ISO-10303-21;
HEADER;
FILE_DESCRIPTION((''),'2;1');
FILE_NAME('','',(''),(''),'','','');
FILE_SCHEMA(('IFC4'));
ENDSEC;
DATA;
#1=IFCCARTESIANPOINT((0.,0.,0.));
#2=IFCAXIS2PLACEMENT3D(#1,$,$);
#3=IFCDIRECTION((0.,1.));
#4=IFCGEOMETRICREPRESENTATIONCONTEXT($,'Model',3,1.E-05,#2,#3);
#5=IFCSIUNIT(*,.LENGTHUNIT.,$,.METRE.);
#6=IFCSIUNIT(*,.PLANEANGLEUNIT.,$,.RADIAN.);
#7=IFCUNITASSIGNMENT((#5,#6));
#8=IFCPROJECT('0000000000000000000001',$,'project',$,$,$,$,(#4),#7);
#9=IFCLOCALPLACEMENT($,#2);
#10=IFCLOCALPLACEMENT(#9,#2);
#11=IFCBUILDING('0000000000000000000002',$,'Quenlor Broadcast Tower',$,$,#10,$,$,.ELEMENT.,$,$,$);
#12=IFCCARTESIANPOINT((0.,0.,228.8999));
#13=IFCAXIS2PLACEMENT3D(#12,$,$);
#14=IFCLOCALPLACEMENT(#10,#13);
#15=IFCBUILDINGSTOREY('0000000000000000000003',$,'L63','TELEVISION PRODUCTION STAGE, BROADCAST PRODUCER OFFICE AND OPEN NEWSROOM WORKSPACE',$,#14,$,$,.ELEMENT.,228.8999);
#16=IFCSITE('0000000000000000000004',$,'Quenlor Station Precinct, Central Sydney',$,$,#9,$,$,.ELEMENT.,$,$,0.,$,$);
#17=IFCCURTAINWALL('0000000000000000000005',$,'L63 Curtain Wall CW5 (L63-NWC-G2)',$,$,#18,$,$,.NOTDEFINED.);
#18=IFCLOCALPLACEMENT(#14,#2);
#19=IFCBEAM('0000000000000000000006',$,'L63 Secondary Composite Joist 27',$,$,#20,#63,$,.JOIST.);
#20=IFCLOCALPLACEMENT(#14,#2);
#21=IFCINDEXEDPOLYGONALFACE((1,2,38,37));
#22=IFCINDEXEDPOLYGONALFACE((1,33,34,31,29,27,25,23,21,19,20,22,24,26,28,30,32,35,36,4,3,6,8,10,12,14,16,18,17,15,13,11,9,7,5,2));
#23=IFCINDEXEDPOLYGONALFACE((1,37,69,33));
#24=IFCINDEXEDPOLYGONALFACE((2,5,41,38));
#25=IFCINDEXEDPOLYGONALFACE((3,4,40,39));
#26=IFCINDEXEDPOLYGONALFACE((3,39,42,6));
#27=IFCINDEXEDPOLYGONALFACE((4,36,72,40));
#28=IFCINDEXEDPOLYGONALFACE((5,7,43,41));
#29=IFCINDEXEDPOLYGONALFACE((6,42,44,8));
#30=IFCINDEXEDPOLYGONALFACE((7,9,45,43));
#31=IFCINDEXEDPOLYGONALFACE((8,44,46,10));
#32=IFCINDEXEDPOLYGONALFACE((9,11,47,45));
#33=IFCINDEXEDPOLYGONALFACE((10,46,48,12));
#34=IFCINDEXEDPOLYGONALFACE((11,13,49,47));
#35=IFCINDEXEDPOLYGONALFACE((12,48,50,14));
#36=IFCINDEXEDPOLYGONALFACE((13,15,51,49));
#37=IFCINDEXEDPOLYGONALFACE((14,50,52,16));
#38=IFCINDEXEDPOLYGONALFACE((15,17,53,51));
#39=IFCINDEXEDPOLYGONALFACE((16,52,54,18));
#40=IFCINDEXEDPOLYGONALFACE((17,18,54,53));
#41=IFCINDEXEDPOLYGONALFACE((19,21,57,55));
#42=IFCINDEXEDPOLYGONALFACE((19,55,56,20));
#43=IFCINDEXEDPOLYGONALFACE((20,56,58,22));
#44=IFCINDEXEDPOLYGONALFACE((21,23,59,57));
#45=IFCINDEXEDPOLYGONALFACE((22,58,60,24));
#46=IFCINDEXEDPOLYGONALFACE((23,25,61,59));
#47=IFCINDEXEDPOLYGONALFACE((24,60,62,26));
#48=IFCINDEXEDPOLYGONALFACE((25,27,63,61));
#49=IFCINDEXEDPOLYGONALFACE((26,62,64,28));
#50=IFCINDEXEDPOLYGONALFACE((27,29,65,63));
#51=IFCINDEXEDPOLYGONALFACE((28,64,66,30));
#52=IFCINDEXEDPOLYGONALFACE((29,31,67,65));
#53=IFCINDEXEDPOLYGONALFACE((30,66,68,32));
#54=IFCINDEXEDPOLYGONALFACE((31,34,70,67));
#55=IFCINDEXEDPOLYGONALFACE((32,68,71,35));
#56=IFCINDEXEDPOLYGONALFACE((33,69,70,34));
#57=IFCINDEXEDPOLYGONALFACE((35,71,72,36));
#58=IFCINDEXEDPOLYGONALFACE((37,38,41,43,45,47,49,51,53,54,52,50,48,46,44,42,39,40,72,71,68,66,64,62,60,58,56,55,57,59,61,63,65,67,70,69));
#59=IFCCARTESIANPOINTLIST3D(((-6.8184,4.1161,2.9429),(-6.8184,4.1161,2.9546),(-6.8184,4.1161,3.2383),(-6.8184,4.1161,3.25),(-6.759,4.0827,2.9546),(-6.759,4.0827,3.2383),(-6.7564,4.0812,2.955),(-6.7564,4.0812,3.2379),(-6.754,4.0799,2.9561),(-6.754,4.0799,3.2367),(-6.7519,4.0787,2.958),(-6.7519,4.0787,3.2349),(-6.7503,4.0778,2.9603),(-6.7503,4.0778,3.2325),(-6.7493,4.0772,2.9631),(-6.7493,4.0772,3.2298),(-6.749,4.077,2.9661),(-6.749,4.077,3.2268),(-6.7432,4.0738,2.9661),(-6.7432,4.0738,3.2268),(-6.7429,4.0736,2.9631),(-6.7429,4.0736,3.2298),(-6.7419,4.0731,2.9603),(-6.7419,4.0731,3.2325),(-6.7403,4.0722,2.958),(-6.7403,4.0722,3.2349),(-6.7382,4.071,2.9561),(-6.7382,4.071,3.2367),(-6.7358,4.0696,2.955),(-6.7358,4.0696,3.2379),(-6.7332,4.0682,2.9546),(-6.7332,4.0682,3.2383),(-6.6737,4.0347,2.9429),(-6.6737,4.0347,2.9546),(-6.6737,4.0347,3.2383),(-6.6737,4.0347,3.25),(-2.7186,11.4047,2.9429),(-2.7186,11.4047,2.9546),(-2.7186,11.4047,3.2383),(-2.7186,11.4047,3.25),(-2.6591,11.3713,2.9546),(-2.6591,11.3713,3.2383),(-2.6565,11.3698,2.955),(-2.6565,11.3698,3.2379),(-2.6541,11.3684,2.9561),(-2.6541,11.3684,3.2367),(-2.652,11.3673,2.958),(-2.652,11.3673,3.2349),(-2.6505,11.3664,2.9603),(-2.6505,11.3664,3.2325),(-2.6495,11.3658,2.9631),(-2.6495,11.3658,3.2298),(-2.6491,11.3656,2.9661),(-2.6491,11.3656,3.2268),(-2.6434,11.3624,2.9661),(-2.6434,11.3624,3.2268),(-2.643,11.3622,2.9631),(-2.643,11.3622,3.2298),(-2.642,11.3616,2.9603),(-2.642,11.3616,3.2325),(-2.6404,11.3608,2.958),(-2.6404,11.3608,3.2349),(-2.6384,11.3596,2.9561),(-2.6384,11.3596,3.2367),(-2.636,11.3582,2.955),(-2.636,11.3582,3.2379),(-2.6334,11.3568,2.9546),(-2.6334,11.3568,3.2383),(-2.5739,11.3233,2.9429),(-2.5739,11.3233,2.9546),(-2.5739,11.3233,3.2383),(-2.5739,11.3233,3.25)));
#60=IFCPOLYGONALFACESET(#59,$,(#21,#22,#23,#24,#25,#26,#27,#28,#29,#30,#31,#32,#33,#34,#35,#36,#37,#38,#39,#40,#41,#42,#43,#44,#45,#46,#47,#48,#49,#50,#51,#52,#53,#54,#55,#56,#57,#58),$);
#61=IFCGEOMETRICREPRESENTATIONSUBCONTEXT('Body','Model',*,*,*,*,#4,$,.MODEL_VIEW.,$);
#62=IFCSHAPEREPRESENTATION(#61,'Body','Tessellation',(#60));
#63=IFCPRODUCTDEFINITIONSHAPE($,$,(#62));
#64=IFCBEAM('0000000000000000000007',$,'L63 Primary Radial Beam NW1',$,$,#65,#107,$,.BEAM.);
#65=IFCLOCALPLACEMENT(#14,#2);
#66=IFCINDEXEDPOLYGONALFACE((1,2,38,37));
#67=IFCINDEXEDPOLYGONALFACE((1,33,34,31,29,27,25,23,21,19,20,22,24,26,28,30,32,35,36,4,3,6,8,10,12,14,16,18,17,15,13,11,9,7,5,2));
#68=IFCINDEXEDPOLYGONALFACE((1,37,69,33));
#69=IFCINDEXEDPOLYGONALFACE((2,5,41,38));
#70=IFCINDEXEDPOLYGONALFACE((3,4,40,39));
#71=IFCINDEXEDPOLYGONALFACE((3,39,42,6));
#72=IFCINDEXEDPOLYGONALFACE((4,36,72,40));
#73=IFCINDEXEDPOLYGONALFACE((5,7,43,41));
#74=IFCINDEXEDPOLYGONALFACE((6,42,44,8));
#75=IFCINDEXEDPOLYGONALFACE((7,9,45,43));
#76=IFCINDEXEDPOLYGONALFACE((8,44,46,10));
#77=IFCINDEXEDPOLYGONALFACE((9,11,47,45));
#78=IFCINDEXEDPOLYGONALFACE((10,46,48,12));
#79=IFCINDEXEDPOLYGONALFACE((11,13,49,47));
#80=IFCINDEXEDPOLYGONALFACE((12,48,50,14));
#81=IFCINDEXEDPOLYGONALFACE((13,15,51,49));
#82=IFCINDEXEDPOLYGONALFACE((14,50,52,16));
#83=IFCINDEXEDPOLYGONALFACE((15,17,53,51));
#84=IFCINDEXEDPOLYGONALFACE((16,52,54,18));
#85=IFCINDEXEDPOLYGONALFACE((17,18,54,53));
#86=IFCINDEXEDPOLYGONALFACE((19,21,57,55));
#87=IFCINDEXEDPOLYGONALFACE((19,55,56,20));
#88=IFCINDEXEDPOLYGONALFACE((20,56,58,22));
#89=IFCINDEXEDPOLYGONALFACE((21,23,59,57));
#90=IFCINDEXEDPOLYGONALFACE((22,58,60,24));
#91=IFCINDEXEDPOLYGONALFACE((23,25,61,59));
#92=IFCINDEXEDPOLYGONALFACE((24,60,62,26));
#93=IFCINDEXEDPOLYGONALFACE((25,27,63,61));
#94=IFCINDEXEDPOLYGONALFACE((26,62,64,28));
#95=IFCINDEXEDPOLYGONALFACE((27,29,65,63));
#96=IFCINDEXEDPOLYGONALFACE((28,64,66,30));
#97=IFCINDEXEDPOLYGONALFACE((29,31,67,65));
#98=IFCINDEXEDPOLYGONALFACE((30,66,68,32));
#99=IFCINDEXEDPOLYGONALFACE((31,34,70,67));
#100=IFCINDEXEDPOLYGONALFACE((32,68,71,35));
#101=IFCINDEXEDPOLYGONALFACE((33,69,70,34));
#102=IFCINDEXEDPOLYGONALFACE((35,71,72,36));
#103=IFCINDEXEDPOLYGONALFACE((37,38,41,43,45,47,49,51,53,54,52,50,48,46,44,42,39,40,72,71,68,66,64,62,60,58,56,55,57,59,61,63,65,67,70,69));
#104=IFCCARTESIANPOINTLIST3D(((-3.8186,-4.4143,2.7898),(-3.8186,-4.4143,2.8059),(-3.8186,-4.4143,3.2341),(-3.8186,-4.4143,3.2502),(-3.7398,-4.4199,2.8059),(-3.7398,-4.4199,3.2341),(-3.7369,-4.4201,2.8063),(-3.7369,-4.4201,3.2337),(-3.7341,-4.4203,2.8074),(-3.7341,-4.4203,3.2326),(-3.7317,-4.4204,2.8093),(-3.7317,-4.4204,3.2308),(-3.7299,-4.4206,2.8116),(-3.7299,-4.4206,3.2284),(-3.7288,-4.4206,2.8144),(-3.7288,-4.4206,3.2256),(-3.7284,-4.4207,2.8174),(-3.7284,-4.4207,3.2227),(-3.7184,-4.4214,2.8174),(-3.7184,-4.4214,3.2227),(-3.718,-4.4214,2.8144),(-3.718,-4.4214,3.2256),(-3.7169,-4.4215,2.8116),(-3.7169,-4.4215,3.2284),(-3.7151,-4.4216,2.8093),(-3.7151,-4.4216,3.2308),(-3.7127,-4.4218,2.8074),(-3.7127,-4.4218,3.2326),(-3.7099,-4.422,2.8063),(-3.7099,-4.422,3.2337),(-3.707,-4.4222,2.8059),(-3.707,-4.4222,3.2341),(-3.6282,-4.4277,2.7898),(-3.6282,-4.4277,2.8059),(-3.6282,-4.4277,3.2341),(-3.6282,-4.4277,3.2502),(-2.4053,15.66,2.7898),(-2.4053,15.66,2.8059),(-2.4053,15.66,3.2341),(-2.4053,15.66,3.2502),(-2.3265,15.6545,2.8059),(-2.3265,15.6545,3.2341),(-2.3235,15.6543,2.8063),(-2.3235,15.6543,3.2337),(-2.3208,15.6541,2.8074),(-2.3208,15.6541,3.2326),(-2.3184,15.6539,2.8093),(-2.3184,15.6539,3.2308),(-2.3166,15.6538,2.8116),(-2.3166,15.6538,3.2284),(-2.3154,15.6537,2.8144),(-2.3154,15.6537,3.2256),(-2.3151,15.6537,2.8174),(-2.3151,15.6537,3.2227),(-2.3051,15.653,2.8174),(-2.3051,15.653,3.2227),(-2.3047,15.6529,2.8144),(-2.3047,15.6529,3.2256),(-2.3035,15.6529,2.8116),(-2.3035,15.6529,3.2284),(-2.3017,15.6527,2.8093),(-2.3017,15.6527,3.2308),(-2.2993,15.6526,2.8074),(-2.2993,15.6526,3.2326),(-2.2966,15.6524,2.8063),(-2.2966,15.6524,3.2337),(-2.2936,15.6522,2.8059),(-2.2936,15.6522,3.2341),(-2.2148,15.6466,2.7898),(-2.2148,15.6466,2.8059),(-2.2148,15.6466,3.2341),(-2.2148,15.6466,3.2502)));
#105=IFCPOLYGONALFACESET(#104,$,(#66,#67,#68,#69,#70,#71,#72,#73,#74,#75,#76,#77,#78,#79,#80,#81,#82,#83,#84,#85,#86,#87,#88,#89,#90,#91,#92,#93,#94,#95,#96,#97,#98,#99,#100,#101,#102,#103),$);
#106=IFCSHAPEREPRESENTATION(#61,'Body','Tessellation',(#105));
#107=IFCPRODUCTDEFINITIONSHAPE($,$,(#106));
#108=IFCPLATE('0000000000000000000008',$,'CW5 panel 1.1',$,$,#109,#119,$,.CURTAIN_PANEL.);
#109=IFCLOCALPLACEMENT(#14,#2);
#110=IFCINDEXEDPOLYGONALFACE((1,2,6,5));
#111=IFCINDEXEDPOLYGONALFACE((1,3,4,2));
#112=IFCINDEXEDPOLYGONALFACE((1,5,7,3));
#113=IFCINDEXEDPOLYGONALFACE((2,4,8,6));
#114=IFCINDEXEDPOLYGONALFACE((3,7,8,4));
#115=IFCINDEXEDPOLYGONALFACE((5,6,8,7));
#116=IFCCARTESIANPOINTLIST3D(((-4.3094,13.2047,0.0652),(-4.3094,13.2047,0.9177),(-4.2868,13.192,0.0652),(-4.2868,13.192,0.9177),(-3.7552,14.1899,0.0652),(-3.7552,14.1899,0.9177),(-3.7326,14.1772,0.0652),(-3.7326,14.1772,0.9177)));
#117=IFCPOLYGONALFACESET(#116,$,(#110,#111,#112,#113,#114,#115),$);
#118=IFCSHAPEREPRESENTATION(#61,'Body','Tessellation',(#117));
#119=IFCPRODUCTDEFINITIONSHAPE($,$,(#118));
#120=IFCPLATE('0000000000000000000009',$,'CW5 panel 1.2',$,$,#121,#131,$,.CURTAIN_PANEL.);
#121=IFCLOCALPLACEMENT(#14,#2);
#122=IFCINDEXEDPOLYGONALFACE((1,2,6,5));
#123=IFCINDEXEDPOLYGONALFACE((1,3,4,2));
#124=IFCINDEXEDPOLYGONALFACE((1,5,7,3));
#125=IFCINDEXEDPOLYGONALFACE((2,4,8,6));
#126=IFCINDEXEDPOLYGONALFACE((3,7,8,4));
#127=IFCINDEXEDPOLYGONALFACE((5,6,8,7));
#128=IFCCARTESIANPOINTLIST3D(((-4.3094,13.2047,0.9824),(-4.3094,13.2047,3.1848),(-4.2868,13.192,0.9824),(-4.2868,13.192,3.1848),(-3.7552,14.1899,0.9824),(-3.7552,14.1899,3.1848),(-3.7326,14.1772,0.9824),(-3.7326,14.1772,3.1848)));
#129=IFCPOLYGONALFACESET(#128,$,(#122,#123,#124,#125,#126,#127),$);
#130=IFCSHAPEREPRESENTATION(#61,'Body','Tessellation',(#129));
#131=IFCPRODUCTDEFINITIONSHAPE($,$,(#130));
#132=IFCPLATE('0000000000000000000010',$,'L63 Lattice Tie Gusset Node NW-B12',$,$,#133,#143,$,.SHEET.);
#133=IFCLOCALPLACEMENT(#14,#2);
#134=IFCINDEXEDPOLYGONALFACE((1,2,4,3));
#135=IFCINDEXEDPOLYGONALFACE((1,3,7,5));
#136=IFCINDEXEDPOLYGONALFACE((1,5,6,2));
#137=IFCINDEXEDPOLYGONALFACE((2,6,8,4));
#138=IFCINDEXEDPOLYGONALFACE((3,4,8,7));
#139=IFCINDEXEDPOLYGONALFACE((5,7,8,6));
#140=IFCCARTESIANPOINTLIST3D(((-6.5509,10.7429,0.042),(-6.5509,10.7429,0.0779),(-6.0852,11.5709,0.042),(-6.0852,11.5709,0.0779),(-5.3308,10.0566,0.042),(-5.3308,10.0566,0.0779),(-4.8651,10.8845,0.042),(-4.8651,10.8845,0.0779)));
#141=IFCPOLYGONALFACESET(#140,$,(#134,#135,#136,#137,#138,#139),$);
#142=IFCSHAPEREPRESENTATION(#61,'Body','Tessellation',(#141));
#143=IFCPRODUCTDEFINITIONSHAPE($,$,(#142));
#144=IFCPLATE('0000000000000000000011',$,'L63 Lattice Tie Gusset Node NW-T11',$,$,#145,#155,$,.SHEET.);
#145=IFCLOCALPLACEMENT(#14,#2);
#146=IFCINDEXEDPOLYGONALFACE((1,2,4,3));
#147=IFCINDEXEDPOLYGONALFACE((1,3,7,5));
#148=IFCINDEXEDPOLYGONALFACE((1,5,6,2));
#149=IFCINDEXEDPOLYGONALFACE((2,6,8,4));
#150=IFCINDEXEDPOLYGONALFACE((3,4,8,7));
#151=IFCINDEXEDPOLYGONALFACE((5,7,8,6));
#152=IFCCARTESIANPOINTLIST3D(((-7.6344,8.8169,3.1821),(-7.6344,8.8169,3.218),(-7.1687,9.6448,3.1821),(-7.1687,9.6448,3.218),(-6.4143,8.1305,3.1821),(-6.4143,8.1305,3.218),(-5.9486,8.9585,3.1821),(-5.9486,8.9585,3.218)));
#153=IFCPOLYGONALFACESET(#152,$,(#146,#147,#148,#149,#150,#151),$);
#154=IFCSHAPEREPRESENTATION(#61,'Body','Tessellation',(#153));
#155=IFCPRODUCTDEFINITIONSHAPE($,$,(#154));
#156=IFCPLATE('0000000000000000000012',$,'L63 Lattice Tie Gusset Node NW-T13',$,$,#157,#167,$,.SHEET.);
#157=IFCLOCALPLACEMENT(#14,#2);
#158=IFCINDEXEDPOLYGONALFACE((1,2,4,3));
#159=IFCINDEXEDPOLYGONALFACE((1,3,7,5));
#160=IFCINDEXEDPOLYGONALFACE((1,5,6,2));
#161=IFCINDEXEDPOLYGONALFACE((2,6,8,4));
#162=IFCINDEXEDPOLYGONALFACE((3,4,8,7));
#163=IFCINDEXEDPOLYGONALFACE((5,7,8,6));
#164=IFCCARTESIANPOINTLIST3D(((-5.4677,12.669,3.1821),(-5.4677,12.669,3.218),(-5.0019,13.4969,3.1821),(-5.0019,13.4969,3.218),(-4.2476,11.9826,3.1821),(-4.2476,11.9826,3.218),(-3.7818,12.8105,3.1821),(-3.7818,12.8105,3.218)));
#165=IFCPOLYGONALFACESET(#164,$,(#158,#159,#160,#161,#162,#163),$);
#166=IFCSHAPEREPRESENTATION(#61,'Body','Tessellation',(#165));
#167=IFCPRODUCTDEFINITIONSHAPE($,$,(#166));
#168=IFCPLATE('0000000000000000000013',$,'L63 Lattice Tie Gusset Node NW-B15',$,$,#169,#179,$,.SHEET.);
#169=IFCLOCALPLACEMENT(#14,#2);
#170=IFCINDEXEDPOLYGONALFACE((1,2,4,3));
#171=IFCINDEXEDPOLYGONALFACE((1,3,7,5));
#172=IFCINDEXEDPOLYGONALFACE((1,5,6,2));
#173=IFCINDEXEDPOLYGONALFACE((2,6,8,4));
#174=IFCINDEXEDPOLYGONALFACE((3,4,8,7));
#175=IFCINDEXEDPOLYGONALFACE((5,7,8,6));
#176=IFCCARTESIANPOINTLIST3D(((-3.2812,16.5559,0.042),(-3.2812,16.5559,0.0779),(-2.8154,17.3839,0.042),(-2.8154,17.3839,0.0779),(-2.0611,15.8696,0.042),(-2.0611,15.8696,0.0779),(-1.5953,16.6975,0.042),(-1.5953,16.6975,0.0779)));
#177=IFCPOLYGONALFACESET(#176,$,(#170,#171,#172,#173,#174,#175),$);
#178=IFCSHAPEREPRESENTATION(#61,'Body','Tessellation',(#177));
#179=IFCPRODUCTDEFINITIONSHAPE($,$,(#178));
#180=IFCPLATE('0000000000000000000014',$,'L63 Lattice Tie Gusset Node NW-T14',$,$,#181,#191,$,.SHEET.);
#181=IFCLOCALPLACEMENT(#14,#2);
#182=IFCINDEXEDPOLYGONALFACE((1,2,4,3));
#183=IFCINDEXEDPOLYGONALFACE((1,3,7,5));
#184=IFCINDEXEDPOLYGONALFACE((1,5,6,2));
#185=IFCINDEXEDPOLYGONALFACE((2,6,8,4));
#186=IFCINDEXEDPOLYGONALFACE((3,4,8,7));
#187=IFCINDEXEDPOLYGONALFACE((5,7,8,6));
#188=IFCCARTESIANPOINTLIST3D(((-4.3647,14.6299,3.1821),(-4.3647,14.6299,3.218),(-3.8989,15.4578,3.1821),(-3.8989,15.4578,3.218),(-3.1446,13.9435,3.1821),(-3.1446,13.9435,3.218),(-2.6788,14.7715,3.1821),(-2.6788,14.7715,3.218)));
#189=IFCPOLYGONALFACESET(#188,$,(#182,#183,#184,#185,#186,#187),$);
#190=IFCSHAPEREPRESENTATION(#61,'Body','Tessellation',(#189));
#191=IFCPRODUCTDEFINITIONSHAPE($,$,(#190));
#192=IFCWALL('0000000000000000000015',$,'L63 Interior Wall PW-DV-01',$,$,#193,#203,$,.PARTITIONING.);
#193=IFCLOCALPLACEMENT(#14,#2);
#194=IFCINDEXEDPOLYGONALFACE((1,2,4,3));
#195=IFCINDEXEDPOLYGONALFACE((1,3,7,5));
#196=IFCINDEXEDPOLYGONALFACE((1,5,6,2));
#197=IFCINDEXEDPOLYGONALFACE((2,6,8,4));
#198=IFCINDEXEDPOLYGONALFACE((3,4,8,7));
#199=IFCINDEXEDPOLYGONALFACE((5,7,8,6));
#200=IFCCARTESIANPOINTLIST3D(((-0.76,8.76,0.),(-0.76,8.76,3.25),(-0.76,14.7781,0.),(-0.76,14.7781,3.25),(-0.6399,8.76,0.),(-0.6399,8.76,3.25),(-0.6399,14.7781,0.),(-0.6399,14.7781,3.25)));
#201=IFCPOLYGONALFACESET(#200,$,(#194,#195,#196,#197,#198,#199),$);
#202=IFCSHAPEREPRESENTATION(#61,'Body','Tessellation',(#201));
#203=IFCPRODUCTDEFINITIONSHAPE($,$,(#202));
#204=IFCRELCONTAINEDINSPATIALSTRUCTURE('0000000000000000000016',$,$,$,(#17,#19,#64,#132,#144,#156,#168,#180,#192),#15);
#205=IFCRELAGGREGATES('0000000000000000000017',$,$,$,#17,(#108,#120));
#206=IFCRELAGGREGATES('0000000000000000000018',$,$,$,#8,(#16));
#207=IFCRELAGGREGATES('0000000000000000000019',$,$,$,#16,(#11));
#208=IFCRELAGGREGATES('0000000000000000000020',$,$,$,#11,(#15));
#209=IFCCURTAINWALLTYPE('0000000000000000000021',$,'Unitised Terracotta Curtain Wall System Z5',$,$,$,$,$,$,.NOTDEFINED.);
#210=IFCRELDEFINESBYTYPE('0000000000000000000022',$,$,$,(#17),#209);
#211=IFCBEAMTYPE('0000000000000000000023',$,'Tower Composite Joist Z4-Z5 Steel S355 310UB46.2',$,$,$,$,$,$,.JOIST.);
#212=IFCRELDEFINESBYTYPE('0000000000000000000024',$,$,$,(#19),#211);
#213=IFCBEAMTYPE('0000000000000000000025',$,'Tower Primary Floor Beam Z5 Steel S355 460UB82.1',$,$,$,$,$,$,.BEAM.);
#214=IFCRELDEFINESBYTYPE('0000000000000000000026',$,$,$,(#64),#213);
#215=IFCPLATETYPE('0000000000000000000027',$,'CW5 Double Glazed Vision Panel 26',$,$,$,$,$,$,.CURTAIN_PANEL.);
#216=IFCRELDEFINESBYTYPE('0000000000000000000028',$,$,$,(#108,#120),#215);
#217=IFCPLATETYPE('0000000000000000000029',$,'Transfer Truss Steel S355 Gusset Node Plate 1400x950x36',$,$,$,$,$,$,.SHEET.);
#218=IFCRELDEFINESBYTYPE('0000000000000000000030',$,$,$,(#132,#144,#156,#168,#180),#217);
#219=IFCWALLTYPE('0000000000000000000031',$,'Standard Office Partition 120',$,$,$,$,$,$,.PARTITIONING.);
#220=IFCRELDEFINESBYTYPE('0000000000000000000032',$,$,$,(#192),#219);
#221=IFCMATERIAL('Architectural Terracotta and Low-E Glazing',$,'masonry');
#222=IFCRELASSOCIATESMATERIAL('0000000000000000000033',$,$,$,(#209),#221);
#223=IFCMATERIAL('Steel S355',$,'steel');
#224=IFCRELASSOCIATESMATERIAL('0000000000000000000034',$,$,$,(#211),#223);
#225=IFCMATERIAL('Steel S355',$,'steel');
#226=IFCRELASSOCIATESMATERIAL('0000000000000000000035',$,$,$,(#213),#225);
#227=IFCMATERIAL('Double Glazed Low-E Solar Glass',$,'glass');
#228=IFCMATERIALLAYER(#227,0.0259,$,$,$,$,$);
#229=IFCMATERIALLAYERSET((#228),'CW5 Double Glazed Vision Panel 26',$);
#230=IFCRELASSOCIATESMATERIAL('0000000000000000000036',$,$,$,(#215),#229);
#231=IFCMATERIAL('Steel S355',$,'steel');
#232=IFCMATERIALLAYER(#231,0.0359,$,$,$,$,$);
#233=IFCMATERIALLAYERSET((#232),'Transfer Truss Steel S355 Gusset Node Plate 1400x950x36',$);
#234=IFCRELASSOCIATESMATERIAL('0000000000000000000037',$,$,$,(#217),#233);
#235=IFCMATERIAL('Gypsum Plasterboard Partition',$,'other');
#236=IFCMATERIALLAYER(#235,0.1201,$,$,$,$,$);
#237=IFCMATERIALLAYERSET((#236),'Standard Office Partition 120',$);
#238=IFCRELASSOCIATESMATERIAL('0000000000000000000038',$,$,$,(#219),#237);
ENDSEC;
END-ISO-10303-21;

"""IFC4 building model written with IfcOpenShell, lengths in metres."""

from ifc_helpers import new_model, si_unit, direction, frame, frame_2d, origin, origin_2d, place, context, subcontext, project, spatial, rectangle, i_section, extrude, material, layer, layer_set, material_profile, profile_set, type_object, element, aggregate, save


model = new_model("IFC4")

# Units and contexts
model_context = context("Model", 3, precision=1e-05, world=origin(), true_north=direction((0.0, 1.0)))
body_context = subcontext(model_context, "Body", "Model", "MODEL_VIEW")
ifc_project = project(units=[si_unit("LENGTHUNIT", "METRE"), si_unit("PLANEANGLEUNIT", "RADIAN")], contexts=[model_context])

# Site, building, storey
site_placement = place(None, origin())
site = spatial("IfcSite", under=ifc_project, at=site_placement, Name="Quenlor Station Precinct, Central Sydney", CompositionType="ELEMENT", RefElevation=0.0)
building_placement = place(site_placement, origin())
building = spatial("IfcBuilding", under=site, at=building_placement, Name="Quenlor Broadcast Tower", CompositionType="ELEMENT")
storey_placement = place(building_placement, frame((0.0, 0.0, 228.8999)))
storey = spatial("IfcBuildingStorey", under=building, at=storey_placement, Name="L63", Description="TELEVISION PRODUCTION STAGE, BROADCAST PRODUCER OFFICE AND OPEN NEWSROOM WORKSPACE", CompositionType="ELEMENT", Elevation=228.8999)

# Curtain wall
ifc_material_1 = material(Name="Architectural Terracotta and Low-E Glazing", Category="masonry")
curtain_wall_type = type_object("IfcCurtainWallType", Name="Unitised Terracotta Curtain Wall System Z5", PredefinedType="NOTDEFINED", material=ifc_material_1)
curtain_wall_placement = place(storey_placement, origin())
curtain_wall = element("IfcCurtainWall", 1, at=curtain_wall_placement, inside=storey, type_object=curtain_wall_type, Name="L63 Curtain Wall CW5 (L63-NWC-G2)", PredefinedType="NOTDEFINED")

# Beams
ifc_material_2 = material(Name="Steel S355", Category="steel")
ifc_material_profile_1 = material_profile(ifc_material_2, i_section(OverallWidth=0.166, OverallDepth=0.3071, WebThickness=0.0066, FlangeThickness=0.0117, FilletRadius=0.0115, at=origin_2d()))
ifc_profile_set_1 = profile_set([ifc_material_profile_1], Name="Steel S355 310UB46.2")
beam_type_1 = type_object("IfcBeamType", Name="Tower Composite Joist Z4-Z5 Steel S355 310UB46.2", PredefinedType="JOIST", material=ifc_profile_set_1)
beam_1_placement = place(storey_placement, frame((-2.6462, 11.364, 3.0964), z_axis=(-0.490264, -0.871574, 0.0), x_axis=(0.871574, -0.490264, 0.0)))
element("IfcBeam", 2, at=beam_1_placement, inside=storey, type_object=beam_type_1, Name="L63 Secondary Composite Joist 27", PredefinedType="JOIST", context=body_context, shape_type="SweptSolid", body=[
    extrude(i_section(OverallWidth=0.166, OverallDepth=0.3071, WebThickness=0.0066, FlangeThickness=0.0117, FilletRadius=0.0115, at=origin_2d()), origin(), (0.0, 0.0, 1.0), 8.3625),
])
ifc_material_3 = material(Name="Steel S355", Category="steel")
ifc_material_profile_2 = material_profile(ifc_material_3, i_section(OverallWidth=0.1909, OverallDepth=0.4604, WebThickness=0.01, FlangeThickness=0.0161, FilletRadius=0.0115, at=origin_2d()))
ifc_profile_set_2 = profile_set([ifc_material_profile_2], Name="Steel S355 460UB82.1")
beam_type_2 = type_object("IfcBeamType", Name="Tower Primary Floor Beam Z5 Steel S355 460UB82.1", PredefinedType="BEAM", material=ifc_profile_set_2)
beam_2_placement = place(storey_placement, frame((-2.3101, 15.6533, 3.02), z_axis=(-0.070231, -0.997531, 0.0), x_axis=(0.997531, -0.070231, 0.0)))
element("IfcBeam", 3, at=beam_2_placement, inside=storey, type_object=beam_type_2, Name="L63 Primary Radial Beam NW1", PredefinedType="BEAM", context=body_context, shape_type="SweptSolid", body=[
    extrude(i_section(OverallWidth=0.1909, OverallDepth=0.4604, WebThickness=0.01, FlangeThickness=0.0161, FilletRadius=0.0115, at=origin_2d()), origin(), (0.0, 0.0, 1.0), 20.124),
])

# Plates
ifc_material_4 = material(Name="Double Glazed Low-E Solar Glass", Category="glass")
ifc_layer_1 = layer(ifc_material_4, 0.0259)
ifc_layer_set_1 = layer_set([ifc_layer_1], Name="CW5 Double Glazed Vision Panel 26")
plate_type_1 = type_object("IfcPlateType", Name="CW5 Double Glazed Vision Panel 26", PredefinedType="CURTAIN_PANEL", material=ifc_layer_set_1)
plate_1_placement = place(storey_placement, frame((-4.021, 13.6909, 0.0652), z_axis=(0.0, 0.0, 1.0), x_axis=(0.490291, 0.871559, 0.0)))
plate_1 = element("IfcPlate", 4, at=plate_1_placement, type_object=plate_type_1, Name="CW5 panel 1.1", PredefinedType="CURTAIN_PANEL", context=body_context, shape_type="SweptSolid", body=[
    extrude(rectangle(XDim=1.1304, YDim=0.0259, at=origin_2d()), origin(), (0.0, 0.0, 1.0), 0.8525),
])
plate_2_placement = place(storey_placement, frame((-4.021, 13.6909, 0.9824), z_axis=(0.0, 0.0, 1.0), x_axis=(0.490291, 0.871559, 0.0)))
plate_2 = element("IfcPlate", 5, at=plate_2_placement, type_object=plate_type_1, Name="CW5 panel 1.2", PredefinedType="CURTAIN_PANEL", context=body_context, shape_type="SweptSolid", body=[
    extrude(rectangle(XDim=1.1304, YDim=0.0259, at=origin_2d()), origin(), (0.0, 0.0, 1.0), 2.2024),
])
aggregate(curtain_wall, [plate_1, plate_2])

# Plates
ifc_material_5 = material(Name="Steel S355", Category="steel")
ifc_layer_2 = layer(ifc_material_5, 0.0359)
ifc_layer_set_2 = layer_set([ifc_layer_2], Name="Transfer Truss Steel S355 Gusset Node Plate 1400x950x36")
plate_type_2 = type_object("IfcPlateType", Name="Transfer Truss Steel S355 Gusset Node Plate 1400x950x36", PredefinedType="SHEET", material=ifc_layer_set_2)
for number, where, z_axis, x_axis, name in (
    (6, (-5.708, 10.8137, 0.042), (0.0, 0.0, 1.0), (-0.871556, 0.490295, 0.0), "L63 Lattice Tie Gusset Node NW-B12"),
    (7, (-6.7915, 8.8877, 3.1821), (0.0, 0.0, 1.0), (-0.871556, 0.490295, 0.0), "L63 Lattice Tie Gusset Node NW-T11"),
    (8, (-4.6248, 12.7397, 3.1821), (0.0, 0.0, 1.0), (-0.871556, 0.490295, 0.0), "L63 Lattice Tie Gusset Node NW-T13"),
    (9, (-2.4382, 16.6267, 0.042), (0.0, 0.0, 1.0), (-0.871556, 0.490295, 0.0), "L63 Lattice Tie Gusset Node NW-B15"),
    (10, (-3.5217, 14.7007, 3.1821), (0.0, 0.0, 1.0), (-0.871556, 0.490295, 0.0), "L63 Lattice Tie Gusset Node NW-T14"),
):
    element("IfcPlate", number, at=place(storey_placement, frame(where, z_axis=z_axis, x_axis=x_axis)), inside=storey, type_object=plate_type_2, Name=name, PredefinedType="SHEET", context=body_context, shape_type="SweptSolid", body=[
        extrude(rectangle(XDim=1.3999, YDim=0.95, at=origin_2d()), origin(), (0.0, 0.0, 1.0), 0.0359),
    ])

# Wall
ifc_material_6 = material(Name="Gypsum Plasterboard Partition", Category="other")
ifc_layer_3 = layer(ifc_material_6, 0.1201)
ifc_layer_set_3 = layer_set([ifc_layer_3], Name="Standard Office Partition 120")
wall_type_1 = type_object("IfcWallType", Name="Standard Office Partition 120", PredefinedType="PARTITIONING", material=ifc_layer_set_3)
wall_1_placement = place(storey_placement, frame((-0.7, 8.76, 0.0), z_axis=(0.0, 0.0, 1.0), x_axis=(0.0, 1.0, 0.0)))
element("IfcWall", 11, at=wall_1_placement, inside=storey, type_object=wall_type_1, Name="L63 Interior Wall PW-DV-01", PredefinedType="PARTITIONING", context=body_context, shape_type="SweptSolid", body=[
    extrude(rectangle(XDim=6.0181, YDim=0.1201, at=frame_2d((3.009, 0.0))), origin(), (0.0, 0.0, 1.0), 3.25),
])

save(model, "model.ifc")
